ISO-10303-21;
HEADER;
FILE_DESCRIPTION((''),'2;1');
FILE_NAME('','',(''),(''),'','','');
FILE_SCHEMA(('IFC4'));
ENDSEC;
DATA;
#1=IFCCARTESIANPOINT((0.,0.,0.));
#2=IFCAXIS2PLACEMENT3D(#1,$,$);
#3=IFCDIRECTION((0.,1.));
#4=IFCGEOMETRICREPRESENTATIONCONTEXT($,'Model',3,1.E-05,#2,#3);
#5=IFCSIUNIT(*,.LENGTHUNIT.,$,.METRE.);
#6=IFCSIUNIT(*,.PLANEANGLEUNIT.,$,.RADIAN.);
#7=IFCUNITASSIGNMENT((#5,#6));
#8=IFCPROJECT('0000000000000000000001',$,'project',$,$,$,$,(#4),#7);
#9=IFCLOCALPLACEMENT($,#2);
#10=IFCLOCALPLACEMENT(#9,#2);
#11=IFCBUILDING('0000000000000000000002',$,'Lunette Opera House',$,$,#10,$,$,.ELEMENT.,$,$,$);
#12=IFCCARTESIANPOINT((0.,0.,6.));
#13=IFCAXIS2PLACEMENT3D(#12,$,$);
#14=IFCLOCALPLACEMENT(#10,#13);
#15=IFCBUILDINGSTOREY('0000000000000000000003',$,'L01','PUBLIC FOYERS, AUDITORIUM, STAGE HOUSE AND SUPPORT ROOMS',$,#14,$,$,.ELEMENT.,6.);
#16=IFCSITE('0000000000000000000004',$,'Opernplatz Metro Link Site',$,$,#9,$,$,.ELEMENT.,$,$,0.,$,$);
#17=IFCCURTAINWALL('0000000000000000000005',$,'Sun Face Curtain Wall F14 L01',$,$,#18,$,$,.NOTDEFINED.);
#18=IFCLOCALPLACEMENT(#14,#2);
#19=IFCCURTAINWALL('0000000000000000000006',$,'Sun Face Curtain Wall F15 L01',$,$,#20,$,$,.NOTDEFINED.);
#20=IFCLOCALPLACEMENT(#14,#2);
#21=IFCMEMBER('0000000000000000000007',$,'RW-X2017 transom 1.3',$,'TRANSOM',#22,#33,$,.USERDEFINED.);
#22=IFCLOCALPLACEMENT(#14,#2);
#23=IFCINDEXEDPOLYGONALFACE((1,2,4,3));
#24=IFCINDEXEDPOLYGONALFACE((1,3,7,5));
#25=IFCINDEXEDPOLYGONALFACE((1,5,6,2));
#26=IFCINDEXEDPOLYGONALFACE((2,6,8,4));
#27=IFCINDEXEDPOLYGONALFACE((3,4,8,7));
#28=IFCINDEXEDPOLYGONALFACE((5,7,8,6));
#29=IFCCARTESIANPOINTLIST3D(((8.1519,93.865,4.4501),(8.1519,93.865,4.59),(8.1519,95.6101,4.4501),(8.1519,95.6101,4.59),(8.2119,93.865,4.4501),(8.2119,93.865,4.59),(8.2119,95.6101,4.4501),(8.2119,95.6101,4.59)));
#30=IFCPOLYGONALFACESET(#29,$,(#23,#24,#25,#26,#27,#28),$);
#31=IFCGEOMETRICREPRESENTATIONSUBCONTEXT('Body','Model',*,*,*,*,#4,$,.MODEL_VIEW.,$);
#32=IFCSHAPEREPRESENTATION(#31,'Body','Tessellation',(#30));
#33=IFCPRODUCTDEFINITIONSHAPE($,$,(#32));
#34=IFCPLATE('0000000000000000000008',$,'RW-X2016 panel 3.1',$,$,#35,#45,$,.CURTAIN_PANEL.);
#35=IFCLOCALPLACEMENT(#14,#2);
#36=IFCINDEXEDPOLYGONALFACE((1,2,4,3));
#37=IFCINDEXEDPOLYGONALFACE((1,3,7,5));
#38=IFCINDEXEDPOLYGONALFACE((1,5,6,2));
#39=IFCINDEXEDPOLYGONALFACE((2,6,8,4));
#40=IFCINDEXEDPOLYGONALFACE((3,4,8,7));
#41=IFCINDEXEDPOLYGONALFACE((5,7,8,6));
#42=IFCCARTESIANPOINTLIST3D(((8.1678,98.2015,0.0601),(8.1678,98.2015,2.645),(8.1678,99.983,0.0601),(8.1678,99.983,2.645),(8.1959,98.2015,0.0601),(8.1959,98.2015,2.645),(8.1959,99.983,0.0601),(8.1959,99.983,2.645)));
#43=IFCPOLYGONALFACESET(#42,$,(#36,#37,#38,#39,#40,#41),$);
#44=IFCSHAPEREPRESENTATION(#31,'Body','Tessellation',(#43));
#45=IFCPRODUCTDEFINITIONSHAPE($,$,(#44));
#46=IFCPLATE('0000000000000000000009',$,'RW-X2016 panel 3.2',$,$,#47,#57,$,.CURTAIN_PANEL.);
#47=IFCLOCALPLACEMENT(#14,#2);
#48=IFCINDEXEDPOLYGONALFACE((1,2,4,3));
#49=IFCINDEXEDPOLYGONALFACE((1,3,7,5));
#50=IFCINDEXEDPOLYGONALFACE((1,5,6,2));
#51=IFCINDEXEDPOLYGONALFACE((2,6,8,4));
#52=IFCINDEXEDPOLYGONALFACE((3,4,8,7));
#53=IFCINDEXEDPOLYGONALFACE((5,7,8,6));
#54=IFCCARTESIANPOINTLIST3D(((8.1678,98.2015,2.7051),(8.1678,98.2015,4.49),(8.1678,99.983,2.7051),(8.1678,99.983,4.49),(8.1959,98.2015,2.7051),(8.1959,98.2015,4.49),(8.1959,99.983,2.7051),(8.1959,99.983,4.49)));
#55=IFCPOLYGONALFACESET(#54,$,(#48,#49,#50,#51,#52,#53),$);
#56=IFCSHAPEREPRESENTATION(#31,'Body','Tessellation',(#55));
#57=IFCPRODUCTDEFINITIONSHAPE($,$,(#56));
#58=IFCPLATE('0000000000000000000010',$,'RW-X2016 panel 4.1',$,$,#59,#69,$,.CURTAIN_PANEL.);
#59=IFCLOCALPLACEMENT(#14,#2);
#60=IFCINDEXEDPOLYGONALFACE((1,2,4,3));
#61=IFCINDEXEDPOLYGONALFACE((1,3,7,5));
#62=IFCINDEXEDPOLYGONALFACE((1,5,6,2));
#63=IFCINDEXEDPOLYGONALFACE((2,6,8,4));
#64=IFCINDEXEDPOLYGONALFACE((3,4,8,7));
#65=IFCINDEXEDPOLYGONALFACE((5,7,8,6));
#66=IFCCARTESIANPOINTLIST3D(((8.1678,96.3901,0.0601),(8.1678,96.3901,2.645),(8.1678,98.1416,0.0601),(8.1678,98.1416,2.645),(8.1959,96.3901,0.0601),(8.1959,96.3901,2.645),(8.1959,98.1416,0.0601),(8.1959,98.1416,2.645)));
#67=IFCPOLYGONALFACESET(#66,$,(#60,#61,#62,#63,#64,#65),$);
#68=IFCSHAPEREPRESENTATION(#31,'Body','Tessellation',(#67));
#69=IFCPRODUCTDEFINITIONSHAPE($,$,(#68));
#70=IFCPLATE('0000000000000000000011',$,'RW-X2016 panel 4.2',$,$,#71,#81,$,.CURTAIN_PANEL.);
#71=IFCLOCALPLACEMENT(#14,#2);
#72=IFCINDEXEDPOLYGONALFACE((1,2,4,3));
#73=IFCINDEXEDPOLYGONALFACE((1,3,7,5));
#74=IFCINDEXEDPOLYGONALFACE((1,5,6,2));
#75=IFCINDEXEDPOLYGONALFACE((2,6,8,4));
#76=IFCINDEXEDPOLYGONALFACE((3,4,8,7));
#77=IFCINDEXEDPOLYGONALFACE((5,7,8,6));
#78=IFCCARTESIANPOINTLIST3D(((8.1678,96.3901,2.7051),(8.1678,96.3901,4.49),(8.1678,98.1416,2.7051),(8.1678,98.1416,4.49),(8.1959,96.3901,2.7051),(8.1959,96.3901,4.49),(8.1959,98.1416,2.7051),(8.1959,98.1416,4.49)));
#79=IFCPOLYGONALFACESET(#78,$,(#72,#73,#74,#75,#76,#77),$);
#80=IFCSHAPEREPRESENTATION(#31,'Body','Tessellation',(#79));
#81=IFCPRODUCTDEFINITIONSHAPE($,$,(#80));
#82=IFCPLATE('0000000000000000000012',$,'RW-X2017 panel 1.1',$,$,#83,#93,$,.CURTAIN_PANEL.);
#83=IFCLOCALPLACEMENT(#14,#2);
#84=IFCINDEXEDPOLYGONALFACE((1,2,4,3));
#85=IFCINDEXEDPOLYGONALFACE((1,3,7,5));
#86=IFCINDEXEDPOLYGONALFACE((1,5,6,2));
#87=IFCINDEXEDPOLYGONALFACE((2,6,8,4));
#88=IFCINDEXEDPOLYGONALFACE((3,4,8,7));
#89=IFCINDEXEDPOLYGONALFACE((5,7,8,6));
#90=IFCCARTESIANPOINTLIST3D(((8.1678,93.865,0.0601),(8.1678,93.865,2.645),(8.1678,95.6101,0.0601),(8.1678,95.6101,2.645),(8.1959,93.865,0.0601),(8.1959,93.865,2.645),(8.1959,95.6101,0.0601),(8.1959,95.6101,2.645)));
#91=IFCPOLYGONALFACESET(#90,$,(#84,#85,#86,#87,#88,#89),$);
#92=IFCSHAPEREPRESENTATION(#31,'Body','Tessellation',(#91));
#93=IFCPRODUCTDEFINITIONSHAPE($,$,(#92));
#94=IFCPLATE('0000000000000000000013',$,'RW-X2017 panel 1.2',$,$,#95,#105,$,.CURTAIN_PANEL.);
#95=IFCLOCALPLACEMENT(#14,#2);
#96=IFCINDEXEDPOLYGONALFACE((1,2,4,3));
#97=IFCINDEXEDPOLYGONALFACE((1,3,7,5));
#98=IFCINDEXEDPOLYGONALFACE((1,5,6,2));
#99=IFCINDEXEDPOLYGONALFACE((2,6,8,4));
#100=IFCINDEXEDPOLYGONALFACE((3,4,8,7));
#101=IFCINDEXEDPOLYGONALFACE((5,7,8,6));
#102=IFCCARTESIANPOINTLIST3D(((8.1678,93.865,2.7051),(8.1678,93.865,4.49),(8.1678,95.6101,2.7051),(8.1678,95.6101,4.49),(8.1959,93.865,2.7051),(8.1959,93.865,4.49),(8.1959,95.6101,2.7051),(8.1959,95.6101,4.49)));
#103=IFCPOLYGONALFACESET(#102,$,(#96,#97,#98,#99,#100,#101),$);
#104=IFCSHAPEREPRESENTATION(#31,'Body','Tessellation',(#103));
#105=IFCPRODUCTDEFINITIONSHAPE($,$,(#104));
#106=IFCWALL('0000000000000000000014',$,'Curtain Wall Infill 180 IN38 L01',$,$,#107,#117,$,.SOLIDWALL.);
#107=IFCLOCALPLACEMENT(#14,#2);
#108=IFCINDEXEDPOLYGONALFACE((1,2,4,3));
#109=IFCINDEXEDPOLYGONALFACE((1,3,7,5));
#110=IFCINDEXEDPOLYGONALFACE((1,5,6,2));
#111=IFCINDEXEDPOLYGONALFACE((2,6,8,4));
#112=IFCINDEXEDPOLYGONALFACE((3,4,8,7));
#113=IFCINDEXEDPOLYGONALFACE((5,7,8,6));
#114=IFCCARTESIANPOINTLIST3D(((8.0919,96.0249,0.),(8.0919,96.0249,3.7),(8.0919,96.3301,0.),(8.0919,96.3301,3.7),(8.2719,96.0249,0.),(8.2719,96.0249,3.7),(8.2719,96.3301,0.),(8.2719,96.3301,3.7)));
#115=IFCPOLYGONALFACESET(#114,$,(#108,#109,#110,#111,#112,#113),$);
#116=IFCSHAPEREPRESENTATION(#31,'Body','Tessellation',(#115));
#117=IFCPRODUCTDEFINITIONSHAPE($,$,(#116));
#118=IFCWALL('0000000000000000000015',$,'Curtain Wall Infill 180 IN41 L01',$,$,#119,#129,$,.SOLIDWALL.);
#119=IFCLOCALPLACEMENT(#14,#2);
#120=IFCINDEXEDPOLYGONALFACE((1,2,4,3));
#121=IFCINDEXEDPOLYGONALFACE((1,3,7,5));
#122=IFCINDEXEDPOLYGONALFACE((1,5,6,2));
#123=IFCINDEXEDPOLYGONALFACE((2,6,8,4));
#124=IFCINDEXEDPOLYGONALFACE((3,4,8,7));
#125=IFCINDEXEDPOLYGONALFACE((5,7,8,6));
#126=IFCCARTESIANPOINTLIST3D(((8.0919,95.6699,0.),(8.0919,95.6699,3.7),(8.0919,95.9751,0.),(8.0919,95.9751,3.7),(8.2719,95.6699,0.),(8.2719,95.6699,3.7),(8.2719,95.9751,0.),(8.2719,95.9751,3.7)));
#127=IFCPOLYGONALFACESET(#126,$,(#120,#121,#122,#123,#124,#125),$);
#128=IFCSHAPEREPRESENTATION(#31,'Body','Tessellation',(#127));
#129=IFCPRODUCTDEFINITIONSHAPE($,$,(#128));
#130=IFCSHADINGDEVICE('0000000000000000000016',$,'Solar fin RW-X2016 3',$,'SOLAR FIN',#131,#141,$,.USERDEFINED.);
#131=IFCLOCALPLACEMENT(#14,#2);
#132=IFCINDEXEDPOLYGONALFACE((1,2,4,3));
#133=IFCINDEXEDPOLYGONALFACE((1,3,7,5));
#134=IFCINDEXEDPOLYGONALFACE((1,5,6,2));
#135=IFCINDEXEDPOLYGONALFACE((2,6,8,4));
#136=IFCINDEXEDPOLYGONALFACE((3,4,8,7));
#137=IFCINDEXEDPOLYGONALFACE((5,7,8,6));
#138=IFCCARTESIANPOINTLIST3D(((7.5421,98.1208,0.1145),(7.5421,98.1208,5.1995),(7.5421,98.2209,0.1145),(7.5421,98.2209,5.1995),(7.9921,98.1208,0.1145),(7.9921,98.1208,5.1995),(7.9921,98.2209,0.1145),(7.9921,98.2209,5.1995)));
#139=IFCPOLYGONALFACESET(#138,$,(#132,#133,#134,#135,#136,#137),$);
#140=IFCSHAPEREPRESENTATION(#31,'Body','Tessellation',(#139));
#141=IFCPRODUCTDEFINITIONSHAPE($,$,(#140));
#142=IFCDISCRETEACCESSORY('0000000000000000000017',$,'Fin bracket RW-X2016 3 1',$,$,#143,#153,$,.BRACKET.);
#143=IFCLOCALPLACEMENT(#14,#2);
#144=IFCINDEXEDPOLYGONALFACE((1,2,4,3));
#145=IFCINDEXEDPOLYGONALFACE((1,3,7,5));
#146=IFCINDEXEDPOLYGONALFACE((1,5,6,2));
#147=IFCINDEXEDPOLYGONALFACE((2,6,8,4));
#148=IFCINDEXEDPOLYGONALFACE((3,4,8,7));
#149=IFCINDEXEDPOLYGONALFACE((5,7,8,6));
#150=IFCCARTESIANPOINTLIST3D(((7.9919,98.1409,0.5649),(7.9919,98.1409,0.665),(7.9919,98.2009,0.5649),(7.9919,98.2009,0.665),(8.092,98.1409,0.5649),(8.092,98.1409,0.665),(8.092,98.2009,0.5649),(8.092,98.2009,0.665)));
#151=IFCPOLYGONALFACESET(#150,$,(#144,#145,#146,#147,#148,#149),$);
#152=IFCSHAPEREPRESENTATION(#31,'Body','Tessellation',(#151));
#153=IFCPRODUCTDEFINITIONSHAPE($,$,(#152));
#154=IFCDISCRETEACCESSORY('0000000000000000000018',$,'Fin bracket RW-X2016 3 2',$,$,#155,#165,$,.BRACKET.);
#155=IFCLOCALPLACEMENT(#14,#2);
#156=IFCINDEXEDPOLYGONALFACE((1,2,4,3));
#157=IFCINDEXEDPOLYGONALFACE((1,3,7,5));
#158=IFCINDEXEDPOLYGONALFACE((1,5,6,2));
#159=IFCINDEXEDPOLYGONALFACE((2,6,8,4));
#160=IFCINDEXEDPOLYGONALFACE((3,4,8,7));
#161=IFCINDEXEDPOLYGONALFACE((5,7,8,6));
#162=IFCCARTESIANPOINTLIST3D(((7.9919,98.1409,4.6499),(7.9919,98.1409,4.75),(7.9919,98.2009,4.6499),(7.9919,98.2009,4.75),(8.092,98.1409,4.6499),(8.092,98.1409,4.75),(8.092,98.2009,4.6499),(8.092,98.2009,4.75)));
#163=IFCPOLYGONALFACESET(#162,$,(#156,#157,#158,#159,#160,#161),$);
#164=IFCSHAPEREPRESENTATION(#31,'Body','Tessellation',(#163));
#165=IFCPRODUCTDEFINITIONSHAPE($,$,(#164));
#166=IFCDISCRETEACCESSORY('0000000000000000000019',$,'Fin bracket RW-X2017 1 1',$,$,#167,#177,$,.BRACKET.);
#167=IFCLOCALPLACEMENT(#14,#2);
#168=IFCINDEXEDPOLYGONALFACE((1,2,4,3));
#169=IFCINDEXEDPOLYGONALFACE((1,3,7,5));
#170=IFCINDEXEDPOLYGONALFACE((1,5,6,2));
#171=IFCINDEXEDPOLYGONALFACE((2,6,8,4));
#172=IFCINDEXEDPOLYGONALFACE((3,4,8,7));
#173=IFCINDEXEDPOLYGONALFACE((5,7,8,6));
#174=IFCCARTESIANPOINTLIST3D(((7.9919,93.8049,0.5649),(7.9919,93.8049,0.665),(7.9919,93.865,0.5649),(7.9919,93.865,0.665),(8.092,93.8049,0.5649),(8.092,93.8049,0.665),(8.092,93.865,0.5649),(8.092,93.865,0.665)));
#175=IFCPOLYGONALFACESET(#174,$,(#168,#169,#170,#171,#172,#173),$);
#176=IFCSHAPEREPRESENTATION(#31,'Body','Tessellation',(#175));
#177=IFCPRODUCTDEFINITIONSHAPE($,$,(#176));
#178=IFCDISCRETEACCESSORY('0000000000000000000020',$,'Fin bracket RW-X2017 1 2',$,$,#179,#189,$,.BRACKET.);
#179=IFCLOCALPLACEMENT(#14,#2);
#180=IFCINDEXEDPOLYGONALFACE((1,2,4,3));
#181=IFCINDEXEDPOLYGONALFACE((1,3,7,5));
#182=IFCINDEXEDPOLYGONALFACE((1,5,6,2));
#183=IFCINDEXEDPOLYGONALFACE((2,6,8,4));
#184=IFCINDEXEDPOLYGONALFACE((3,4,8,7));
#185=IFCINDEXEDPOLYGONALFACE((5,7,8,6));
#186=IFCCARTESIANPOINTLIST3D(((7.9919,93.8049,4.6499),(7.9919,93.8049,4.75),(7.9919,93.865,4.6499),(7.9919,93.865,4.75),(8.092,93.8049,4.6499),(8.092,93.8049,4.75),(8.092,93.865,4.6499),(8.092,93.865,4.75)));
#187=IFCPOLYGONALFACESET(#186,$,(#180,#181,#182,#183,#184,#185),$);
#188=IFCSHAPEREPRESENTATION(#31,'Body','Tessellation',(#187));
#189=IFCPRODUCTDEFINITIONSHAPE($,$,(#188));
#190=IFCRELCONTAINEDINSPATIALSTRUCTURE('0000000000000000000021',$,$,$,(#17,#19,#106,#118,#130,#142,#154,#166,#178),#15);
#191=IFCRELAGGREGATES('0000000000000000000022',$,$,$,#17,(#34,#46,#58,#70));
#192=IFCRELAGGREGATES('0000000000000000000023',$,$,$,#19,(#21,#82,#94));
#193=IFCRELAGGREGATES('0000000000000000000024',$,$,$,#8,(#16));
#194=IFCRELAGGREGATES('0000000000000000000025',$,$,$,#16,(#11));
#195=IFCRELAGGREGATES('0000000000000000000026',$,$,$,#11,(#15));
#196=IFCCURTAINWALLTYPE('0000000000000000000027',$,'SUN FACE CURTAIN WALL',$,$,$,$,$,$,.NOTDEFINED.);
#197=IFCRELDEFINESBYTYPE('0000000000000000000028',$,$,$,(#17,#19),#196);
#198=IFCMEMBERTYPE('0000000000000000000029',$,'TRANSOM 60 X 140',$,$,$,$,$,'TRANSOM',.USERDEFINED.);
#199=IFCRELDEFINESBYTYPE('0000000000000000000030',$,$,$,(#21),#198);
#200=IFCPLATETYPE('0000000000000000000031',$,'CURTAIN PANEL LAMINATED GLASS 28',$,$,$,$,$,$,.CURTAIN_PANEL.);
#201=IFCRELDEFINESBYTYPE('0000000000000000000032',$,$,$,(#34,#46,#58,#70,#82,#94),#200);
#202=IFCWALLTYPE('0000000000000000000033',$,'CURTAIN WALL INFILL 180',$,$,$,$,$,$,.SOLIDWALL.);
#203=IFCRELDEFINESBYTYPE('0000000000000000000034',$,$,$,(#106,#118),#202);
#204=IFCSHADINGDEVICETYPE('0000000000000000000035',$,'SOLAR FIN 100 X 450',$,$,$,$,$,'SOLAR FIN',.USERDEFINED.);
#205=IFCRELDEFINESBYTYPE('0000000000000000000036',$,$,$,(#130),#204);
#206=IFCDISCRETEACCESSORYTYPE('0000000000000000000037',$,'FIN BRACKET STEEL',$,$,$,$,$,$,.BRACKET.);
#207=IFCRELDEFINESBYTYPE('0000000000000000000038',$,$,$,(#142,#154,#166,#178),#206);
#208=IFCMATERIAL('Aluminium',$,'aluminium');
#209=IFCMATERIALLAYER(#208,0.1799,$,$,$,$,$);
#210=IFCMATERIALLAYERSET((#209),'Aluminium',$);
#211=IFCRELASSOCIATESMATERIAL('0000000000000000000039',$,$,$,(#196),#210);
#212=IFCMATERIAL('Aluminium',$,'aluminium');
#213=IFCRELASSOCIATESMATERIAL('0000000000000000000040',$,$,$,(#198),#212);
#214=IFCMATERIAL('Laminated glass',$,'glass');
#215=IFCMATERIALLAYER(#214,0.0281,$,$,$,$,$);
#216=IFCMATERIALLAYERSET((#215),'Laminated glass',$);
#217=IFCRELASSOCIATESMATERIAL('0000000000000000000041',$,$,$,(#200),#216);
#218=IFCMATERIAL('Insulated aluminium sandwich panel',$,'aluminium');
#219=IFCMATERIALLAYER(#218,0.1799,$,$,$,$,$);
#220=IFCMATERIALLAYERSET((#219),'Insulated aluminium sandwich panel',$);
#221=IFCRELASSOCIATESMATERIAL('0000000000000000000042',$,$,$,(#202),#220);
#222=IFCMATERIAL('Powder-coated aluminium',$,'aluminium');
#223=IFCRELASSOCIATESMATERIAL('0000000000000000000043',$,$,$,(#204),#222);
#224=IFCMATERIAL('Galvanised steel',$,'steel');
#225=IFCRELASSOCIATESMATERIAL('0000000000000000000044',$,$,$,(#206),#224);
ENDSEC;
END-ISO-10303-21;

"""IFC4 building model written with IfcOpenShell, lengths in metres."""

from ifc_helpers import new_model, si_unit, direction, frame, frame_2d, origin, origin_2d, place, context, subcontext, project, spatial, rectangle, extrude, material, layer, layer_set, material_profile, profile_set, type_object, element, aggregate, save


model = new_model("IFC4")

# Units and contexts
model_context = context("Model", 3, precision=1e-05, world=origin(), true_north=direction((0.0, 1.0)))
body_context = subcontext(model_context, "Body", "Model", "MODEL_VIEW")
ifc_project = project(units=[si_unit("LENGTHUNIT", "METRE"), si_unit("PLANEANGLEUNIT", "RADIAN")], contexts=[model_context])

# Site, building, storey
site_placement = place(None, origin())
site = spatial("IfcSite", under=ifc_project, at=site_placement, Name="Opernplatz Metro Link Site", CompositionType="ELEMENT", RefElevation=0.0)
building_placement = place(site_placement, origin())
building = spatial("IfcBuilding", under=site, at=building_placement, Name="Lunette Opera House", CompositionType="ELEMENT")
storey_placement = place(building_placement, frame((0.0, 0.0, 6.0)))
storey = spatial("IfcBuildingStorey", under=building, at=storey_placement, Name="L01", Description="PUBLIC FOYERS, AUDITORIUM, STAGE HOUSE AND SUPPORT ROOMS", CompositionType="ELEMENT", Elevation=6.0)

# Curtain walls
ifc_material_1 = material(Name="Aluminium", Category="aluminium")
ifc_layer_1 = layer(ifc_material_1, 0.1799)
ifc_layer_set_1 = layer_set([ifc_layer_1], Name="Aluminium")
curtain_wall_type = type_object("IfcCurtainWallType", Name="SUN FACE CURTAIN WALL", PredefinedType="NOTDEFINED", material=ifc_layer_set_1)
curtain_wall_1_placement = place(storey_placement, origin())
curtain_wall_1 = element("IfcCurtainWall", 1, at=curtain_wall_1_placement, inside=storey, type_object=curtain_wall_type, Name="Sun Face Curtain Wall F14 L01", PredefinedType="NOTDEFINED")
curtain_wall_2_placement = place(storey_placement, origin())
curtain_wall_2 = element("IfcCurtainWall", 2, at=curtain_wall_2_placement, inside=storey, type_object=curtain_wall_type, Name="Sun Face Curtain Wall F15 L01", PredefinedType="NOTDEFINED")

# Member
ifc_material_2 = material(Name="Aluminium", Category="aluminium")
ifc_material_profile_1 = material_profile(ifc_material_2, rectangle(XDim=0.0601, YDim=0.1399, at=origin_2d()), Name="TRANSOM 60 X 140")
ifc_profile_set_1 = profile_set([ifc_material_profile_1], Name="Aluminium")
member_type_1 = type_object("IfcMemberType", Name="TRANSOM 60 X 140", ElementType="TRANSOM", PredefinedType="USERDEFINED", material=ifc_profile_set_1)
member_1_placement = place(storey_placement, frame((8.1819, 95.6101, 4.52), z_axis=(0.0, -1.0, 0.0), x_axis=(1.0, 0.0, 0.0)))
member_1 = element("IfcMember", 3, at=member_1_placement, type_object=member_type_1, Name="RW-X2017 transom 1.3", ObjectType="TRANSOM", PredefinedType="USERDEFINED", context=body_context, shape_type="SweptSolid", body=[
    extrude(rectangle(XDim=0.0601, YDim=0.1399, at=origin_2d()), origin(), (0.0, 0.0, 1.0), 1.7451),
])

# Plates
ifc_material_3 = material(Name="Laminated glass", Category="glass")
ifc_layer_2 = layer(ifc_material_3, 0.0281)
ifc_layer_set_2 = layer_set([ifc_layer_2], Name="Laminated glass")
plate_type = type_object("IfcPlateType", Name="CURTAIN PANEL LAMINATED GLASS 28", PredefinedType="CURTAIN_PANEL", material=ifc_layer_set_2)
plate_1_placement = place(storey_placement, frame((8.1819, 99.0923, 0.0601), z_axis=(0.0, 0.0, 1.0), x_axis=(0.0, -1.0, 0.0)))
plate_1 = element("IfcPlate", 4, at=plate_1_placement, type_object=plate_type, Name="RW-X2016 panel 3.1", PredefinedType="CURTAIN_PANEL", context=body_context, shape_type="SweptSolid", body=[
    extrude(rectangle(XDim=1.7815, YDim=0.0281, at=origin_2d()), origin(), (0.0, 0.0, 1.0), 2.585),
])
plate_2_placement = place(storey_placement, frame((8.1819, 99.0923, 2.7051), z_axis=(0.0, 0.0, 1.0), x_axis=(0.0, -1.0, 0.0)))
plate_2 = element("IfcPlate", 5, at=plate_2_placement, type_object=plate_type, Name="RW-X2016 panel 3.2", PredefinedType="CURTAIN_PANEL", context=body_context, shape_type="SweptSolid", body=[
    extrude(rectangle(XDim=1.7815, YDim=0.0281, at=origin_2d()), origin(), (0.0, 0.0, 1.0), 1.7849),
])
plate_3_placement = place(storey_placement, frame((8.1819, 97.2659, 0.0601), z_axis=(0.0, 0.0, 1.0), x_axis=(0.0, -1.0, 0.0)))
plate_3 = element("IfcPlate", 6, at=plate_3_placement, type_object=plate_type, Name="RW-X2016 panel 4.1", PredefinedType="CURTAIN_PANEL", context=body_context, shape_type="SweptSolid", body=[
    extrude(rectangle(XDim=1.7515, YDim=0.0281, at=origin_2d()), origin(), (0.0, 0.0, 1.0), 2.585),
])
plate_4_placement = place(storey_placement, frame((8.1819, 97.2659, 2.7051), z_axis=(0.0, 0.0, 1.0), x_axis=(0.0, -1.0, 0.0)))
plate_4 = element("IfcPlate", 7, at=plate_4_placement, type_object=plate_type, Name="RW-X2016 panel 4.2", PredefinedType="CURTAIN_PANEL", context=body_context, shape_type="SweptSolid", body=[
    extrude(rectangle(XDim=1.7515, YDim=0.0281, at=origin_2d()), origin(), (0.0, 0.0, 1.0), 1.7849),
])
aggregate(curtain_wall_1, [plate_1, plate_2, plate_3, plate_4])
plate_5_placement = place(storey_placement, frame((8.1819, 94.7375, 0.0601), z_axis=(0.0, 0.0, 1.0), x_axis=(0.0, -1.0, 0.0)))
plate_5 = element("IfcPlate", 8, at=plate_5_placement, type_object=plate_type, Name="RW-X2017 panel 1.1", PredefinedType="CURTAIN_PANEL", context=body_context, shape_type="SweptSolid", body=[
    extrude(rectangle(XDim=1.7451, YDim=0.0281, at=origin_2d()), origin(), (0.0, 0.0, 1.0), 2.585),
])
plate_6_placement = place(storey_placement, frame((8.1819, 94.7375, 2.7051), z_axis=(0.0, 0.0, 1.0), x_axis=(0.0, -1.0, 0.0)))
plate_6 = element("IfcPlate", 9, at=plate_6_placement, type_object=plate_type, Name="RW-X2017 panel 1.2", PredefinedType="CURTAIN_PANEL", context=body_context, shape_type="SweptSolid", body=[
    extrude(rectangle(XDim=1.7451, YDim=0.0281, at=origin_2d()), origin(), (0.0, 0.0, 1.0), 1.7849),
])
aggregate(curtain_wall_2, [member_1, plate_5, plate_6])

# Walls
ifc_material_4 = material(Name="Insulated aluminium sandwich panel", Category="aluminium")
ifc_layer_3 = layer(ifc_material_4, 0.1799)
ifc_layer_set_3 = layer_set([ifc_layer_3], Name="Insulated aluminium sandwich panel")
wall_type = type_object("IfcWallType", Name="CURTAIN WALL INFILL 180", PredefinedType="SOLIDWALL", material=ifc_layer_set_3)
for number, where, z_axis, x_axis, name in (
    (10, (8.1819, 96.3301, 0.0), (0.0, 0.0, 1.0), (0.0, -1.0, 0.0), "Curtain Wall Infill 180 IN38 L01"),
    (11, (8.1819, 95.6699, 0.0), (0.0, 0.0, 1.0), (0.0, 1.0, 0.0), "Curtain Wall Infill 180 IN41 L01"),
):
    element("IfcWall", number, at=place(storey_placement, frame(where, z_axis=z_axis, x_axis=x_axis)), inside=storey, type_object=wall_type, Name=name, PredefinedType="SOLIDWALL", context=body_context, shape_type="SweptSolid", body=[
        extrude(rectangle(XDim=0.3052, YDim=0.1799, at=frame_2d((0.1526, 0.0))), origin(), (0.0, 0.0, 1.0), 3.7),
    ])

# Shading device
ifc_material_5 = material(Name="Powder-coated aluminium", Category="aluminium")
shading_device_type = type_object("IfcShadingDeviceType", Name="SOLAR FIN 100 X 450", ElementType="SOLAR FIN", PredefinedType="USERDEFINED", material=ifc_material_5)
shading_device_placement = place(storey_placement, frame((7.7671, 98.1709, 0.1145), z_axis=(0.0, 0.0, 1.0), x_axis=(-1.0, 0.0, 0.0)))
element("IfcShadingDevice", 12, at=shading_device_placement, inside=storey, type_object=shading_device_type, Name="Solar fin RW-X2016 3", ObjectType="SOLAR FIN", PredefinedType="USERDEFINED", context=body_context, shape_type="SweptSolid", body=[
    extrude(rectangle(XDim=0.45, YDim=0.1001, at=origin_2d()), origin(), (0.0, 0.0, 1.0), 5.085),
])

# Discrete accessories
ifc_material_6 = material(Name="Galvanised steel", Category="steel")
discrete_accessory_type = type_object("IfcDiscreteAccessoryType", Name="FIN BRACKET STEEL", PredefinedType="BRACKET", material=ifc_material_6)
for number, where, z_axis, x_axis, name in (
    (13, (8.042, 98.1709, 0.5649), (0.0, 0.0, 1.0), (-1.0, 0.0, 0.0), "Fin bracket RW-X2016 3 1"),
    (14, (8.042, 98.1709, 4.6499), (0.0, 0.0, 1.0), (-1.0, 0.0, 0.0), "Fin bracket RW-X2016 3 2"),
    (15, (8.042, 93.835, 0.5649), (0.0, 0.0, 1.0), (-1.0, 0.0, 0.0), "Fin bracket RW-X2017 1 1"),
    (16, (8.042, 93.835, 4.6499), (0.0, 0.0, 1.0), (-1.0, 0.0, 0.0), "Fin bracket RW-X2017 1 2"),
):
    element("IfcDiscreteAccessory", number, at=place(storey_placement, frame(where, z_axis=z_axis, x_axis=x_axis)), inside=storey, type_object=discrete_accessory_type, Name=name, PredefinedType="BRACKET", context=body_context, shape_type="SweptSolid", body=[
        extrude(rectangle(XDim=0.1001, YDim=0.0601, at=origin_2d()), origin(), (0.0, 0.0, 1.0), 0.1001),
    ])

save(model, "model.ifc")
